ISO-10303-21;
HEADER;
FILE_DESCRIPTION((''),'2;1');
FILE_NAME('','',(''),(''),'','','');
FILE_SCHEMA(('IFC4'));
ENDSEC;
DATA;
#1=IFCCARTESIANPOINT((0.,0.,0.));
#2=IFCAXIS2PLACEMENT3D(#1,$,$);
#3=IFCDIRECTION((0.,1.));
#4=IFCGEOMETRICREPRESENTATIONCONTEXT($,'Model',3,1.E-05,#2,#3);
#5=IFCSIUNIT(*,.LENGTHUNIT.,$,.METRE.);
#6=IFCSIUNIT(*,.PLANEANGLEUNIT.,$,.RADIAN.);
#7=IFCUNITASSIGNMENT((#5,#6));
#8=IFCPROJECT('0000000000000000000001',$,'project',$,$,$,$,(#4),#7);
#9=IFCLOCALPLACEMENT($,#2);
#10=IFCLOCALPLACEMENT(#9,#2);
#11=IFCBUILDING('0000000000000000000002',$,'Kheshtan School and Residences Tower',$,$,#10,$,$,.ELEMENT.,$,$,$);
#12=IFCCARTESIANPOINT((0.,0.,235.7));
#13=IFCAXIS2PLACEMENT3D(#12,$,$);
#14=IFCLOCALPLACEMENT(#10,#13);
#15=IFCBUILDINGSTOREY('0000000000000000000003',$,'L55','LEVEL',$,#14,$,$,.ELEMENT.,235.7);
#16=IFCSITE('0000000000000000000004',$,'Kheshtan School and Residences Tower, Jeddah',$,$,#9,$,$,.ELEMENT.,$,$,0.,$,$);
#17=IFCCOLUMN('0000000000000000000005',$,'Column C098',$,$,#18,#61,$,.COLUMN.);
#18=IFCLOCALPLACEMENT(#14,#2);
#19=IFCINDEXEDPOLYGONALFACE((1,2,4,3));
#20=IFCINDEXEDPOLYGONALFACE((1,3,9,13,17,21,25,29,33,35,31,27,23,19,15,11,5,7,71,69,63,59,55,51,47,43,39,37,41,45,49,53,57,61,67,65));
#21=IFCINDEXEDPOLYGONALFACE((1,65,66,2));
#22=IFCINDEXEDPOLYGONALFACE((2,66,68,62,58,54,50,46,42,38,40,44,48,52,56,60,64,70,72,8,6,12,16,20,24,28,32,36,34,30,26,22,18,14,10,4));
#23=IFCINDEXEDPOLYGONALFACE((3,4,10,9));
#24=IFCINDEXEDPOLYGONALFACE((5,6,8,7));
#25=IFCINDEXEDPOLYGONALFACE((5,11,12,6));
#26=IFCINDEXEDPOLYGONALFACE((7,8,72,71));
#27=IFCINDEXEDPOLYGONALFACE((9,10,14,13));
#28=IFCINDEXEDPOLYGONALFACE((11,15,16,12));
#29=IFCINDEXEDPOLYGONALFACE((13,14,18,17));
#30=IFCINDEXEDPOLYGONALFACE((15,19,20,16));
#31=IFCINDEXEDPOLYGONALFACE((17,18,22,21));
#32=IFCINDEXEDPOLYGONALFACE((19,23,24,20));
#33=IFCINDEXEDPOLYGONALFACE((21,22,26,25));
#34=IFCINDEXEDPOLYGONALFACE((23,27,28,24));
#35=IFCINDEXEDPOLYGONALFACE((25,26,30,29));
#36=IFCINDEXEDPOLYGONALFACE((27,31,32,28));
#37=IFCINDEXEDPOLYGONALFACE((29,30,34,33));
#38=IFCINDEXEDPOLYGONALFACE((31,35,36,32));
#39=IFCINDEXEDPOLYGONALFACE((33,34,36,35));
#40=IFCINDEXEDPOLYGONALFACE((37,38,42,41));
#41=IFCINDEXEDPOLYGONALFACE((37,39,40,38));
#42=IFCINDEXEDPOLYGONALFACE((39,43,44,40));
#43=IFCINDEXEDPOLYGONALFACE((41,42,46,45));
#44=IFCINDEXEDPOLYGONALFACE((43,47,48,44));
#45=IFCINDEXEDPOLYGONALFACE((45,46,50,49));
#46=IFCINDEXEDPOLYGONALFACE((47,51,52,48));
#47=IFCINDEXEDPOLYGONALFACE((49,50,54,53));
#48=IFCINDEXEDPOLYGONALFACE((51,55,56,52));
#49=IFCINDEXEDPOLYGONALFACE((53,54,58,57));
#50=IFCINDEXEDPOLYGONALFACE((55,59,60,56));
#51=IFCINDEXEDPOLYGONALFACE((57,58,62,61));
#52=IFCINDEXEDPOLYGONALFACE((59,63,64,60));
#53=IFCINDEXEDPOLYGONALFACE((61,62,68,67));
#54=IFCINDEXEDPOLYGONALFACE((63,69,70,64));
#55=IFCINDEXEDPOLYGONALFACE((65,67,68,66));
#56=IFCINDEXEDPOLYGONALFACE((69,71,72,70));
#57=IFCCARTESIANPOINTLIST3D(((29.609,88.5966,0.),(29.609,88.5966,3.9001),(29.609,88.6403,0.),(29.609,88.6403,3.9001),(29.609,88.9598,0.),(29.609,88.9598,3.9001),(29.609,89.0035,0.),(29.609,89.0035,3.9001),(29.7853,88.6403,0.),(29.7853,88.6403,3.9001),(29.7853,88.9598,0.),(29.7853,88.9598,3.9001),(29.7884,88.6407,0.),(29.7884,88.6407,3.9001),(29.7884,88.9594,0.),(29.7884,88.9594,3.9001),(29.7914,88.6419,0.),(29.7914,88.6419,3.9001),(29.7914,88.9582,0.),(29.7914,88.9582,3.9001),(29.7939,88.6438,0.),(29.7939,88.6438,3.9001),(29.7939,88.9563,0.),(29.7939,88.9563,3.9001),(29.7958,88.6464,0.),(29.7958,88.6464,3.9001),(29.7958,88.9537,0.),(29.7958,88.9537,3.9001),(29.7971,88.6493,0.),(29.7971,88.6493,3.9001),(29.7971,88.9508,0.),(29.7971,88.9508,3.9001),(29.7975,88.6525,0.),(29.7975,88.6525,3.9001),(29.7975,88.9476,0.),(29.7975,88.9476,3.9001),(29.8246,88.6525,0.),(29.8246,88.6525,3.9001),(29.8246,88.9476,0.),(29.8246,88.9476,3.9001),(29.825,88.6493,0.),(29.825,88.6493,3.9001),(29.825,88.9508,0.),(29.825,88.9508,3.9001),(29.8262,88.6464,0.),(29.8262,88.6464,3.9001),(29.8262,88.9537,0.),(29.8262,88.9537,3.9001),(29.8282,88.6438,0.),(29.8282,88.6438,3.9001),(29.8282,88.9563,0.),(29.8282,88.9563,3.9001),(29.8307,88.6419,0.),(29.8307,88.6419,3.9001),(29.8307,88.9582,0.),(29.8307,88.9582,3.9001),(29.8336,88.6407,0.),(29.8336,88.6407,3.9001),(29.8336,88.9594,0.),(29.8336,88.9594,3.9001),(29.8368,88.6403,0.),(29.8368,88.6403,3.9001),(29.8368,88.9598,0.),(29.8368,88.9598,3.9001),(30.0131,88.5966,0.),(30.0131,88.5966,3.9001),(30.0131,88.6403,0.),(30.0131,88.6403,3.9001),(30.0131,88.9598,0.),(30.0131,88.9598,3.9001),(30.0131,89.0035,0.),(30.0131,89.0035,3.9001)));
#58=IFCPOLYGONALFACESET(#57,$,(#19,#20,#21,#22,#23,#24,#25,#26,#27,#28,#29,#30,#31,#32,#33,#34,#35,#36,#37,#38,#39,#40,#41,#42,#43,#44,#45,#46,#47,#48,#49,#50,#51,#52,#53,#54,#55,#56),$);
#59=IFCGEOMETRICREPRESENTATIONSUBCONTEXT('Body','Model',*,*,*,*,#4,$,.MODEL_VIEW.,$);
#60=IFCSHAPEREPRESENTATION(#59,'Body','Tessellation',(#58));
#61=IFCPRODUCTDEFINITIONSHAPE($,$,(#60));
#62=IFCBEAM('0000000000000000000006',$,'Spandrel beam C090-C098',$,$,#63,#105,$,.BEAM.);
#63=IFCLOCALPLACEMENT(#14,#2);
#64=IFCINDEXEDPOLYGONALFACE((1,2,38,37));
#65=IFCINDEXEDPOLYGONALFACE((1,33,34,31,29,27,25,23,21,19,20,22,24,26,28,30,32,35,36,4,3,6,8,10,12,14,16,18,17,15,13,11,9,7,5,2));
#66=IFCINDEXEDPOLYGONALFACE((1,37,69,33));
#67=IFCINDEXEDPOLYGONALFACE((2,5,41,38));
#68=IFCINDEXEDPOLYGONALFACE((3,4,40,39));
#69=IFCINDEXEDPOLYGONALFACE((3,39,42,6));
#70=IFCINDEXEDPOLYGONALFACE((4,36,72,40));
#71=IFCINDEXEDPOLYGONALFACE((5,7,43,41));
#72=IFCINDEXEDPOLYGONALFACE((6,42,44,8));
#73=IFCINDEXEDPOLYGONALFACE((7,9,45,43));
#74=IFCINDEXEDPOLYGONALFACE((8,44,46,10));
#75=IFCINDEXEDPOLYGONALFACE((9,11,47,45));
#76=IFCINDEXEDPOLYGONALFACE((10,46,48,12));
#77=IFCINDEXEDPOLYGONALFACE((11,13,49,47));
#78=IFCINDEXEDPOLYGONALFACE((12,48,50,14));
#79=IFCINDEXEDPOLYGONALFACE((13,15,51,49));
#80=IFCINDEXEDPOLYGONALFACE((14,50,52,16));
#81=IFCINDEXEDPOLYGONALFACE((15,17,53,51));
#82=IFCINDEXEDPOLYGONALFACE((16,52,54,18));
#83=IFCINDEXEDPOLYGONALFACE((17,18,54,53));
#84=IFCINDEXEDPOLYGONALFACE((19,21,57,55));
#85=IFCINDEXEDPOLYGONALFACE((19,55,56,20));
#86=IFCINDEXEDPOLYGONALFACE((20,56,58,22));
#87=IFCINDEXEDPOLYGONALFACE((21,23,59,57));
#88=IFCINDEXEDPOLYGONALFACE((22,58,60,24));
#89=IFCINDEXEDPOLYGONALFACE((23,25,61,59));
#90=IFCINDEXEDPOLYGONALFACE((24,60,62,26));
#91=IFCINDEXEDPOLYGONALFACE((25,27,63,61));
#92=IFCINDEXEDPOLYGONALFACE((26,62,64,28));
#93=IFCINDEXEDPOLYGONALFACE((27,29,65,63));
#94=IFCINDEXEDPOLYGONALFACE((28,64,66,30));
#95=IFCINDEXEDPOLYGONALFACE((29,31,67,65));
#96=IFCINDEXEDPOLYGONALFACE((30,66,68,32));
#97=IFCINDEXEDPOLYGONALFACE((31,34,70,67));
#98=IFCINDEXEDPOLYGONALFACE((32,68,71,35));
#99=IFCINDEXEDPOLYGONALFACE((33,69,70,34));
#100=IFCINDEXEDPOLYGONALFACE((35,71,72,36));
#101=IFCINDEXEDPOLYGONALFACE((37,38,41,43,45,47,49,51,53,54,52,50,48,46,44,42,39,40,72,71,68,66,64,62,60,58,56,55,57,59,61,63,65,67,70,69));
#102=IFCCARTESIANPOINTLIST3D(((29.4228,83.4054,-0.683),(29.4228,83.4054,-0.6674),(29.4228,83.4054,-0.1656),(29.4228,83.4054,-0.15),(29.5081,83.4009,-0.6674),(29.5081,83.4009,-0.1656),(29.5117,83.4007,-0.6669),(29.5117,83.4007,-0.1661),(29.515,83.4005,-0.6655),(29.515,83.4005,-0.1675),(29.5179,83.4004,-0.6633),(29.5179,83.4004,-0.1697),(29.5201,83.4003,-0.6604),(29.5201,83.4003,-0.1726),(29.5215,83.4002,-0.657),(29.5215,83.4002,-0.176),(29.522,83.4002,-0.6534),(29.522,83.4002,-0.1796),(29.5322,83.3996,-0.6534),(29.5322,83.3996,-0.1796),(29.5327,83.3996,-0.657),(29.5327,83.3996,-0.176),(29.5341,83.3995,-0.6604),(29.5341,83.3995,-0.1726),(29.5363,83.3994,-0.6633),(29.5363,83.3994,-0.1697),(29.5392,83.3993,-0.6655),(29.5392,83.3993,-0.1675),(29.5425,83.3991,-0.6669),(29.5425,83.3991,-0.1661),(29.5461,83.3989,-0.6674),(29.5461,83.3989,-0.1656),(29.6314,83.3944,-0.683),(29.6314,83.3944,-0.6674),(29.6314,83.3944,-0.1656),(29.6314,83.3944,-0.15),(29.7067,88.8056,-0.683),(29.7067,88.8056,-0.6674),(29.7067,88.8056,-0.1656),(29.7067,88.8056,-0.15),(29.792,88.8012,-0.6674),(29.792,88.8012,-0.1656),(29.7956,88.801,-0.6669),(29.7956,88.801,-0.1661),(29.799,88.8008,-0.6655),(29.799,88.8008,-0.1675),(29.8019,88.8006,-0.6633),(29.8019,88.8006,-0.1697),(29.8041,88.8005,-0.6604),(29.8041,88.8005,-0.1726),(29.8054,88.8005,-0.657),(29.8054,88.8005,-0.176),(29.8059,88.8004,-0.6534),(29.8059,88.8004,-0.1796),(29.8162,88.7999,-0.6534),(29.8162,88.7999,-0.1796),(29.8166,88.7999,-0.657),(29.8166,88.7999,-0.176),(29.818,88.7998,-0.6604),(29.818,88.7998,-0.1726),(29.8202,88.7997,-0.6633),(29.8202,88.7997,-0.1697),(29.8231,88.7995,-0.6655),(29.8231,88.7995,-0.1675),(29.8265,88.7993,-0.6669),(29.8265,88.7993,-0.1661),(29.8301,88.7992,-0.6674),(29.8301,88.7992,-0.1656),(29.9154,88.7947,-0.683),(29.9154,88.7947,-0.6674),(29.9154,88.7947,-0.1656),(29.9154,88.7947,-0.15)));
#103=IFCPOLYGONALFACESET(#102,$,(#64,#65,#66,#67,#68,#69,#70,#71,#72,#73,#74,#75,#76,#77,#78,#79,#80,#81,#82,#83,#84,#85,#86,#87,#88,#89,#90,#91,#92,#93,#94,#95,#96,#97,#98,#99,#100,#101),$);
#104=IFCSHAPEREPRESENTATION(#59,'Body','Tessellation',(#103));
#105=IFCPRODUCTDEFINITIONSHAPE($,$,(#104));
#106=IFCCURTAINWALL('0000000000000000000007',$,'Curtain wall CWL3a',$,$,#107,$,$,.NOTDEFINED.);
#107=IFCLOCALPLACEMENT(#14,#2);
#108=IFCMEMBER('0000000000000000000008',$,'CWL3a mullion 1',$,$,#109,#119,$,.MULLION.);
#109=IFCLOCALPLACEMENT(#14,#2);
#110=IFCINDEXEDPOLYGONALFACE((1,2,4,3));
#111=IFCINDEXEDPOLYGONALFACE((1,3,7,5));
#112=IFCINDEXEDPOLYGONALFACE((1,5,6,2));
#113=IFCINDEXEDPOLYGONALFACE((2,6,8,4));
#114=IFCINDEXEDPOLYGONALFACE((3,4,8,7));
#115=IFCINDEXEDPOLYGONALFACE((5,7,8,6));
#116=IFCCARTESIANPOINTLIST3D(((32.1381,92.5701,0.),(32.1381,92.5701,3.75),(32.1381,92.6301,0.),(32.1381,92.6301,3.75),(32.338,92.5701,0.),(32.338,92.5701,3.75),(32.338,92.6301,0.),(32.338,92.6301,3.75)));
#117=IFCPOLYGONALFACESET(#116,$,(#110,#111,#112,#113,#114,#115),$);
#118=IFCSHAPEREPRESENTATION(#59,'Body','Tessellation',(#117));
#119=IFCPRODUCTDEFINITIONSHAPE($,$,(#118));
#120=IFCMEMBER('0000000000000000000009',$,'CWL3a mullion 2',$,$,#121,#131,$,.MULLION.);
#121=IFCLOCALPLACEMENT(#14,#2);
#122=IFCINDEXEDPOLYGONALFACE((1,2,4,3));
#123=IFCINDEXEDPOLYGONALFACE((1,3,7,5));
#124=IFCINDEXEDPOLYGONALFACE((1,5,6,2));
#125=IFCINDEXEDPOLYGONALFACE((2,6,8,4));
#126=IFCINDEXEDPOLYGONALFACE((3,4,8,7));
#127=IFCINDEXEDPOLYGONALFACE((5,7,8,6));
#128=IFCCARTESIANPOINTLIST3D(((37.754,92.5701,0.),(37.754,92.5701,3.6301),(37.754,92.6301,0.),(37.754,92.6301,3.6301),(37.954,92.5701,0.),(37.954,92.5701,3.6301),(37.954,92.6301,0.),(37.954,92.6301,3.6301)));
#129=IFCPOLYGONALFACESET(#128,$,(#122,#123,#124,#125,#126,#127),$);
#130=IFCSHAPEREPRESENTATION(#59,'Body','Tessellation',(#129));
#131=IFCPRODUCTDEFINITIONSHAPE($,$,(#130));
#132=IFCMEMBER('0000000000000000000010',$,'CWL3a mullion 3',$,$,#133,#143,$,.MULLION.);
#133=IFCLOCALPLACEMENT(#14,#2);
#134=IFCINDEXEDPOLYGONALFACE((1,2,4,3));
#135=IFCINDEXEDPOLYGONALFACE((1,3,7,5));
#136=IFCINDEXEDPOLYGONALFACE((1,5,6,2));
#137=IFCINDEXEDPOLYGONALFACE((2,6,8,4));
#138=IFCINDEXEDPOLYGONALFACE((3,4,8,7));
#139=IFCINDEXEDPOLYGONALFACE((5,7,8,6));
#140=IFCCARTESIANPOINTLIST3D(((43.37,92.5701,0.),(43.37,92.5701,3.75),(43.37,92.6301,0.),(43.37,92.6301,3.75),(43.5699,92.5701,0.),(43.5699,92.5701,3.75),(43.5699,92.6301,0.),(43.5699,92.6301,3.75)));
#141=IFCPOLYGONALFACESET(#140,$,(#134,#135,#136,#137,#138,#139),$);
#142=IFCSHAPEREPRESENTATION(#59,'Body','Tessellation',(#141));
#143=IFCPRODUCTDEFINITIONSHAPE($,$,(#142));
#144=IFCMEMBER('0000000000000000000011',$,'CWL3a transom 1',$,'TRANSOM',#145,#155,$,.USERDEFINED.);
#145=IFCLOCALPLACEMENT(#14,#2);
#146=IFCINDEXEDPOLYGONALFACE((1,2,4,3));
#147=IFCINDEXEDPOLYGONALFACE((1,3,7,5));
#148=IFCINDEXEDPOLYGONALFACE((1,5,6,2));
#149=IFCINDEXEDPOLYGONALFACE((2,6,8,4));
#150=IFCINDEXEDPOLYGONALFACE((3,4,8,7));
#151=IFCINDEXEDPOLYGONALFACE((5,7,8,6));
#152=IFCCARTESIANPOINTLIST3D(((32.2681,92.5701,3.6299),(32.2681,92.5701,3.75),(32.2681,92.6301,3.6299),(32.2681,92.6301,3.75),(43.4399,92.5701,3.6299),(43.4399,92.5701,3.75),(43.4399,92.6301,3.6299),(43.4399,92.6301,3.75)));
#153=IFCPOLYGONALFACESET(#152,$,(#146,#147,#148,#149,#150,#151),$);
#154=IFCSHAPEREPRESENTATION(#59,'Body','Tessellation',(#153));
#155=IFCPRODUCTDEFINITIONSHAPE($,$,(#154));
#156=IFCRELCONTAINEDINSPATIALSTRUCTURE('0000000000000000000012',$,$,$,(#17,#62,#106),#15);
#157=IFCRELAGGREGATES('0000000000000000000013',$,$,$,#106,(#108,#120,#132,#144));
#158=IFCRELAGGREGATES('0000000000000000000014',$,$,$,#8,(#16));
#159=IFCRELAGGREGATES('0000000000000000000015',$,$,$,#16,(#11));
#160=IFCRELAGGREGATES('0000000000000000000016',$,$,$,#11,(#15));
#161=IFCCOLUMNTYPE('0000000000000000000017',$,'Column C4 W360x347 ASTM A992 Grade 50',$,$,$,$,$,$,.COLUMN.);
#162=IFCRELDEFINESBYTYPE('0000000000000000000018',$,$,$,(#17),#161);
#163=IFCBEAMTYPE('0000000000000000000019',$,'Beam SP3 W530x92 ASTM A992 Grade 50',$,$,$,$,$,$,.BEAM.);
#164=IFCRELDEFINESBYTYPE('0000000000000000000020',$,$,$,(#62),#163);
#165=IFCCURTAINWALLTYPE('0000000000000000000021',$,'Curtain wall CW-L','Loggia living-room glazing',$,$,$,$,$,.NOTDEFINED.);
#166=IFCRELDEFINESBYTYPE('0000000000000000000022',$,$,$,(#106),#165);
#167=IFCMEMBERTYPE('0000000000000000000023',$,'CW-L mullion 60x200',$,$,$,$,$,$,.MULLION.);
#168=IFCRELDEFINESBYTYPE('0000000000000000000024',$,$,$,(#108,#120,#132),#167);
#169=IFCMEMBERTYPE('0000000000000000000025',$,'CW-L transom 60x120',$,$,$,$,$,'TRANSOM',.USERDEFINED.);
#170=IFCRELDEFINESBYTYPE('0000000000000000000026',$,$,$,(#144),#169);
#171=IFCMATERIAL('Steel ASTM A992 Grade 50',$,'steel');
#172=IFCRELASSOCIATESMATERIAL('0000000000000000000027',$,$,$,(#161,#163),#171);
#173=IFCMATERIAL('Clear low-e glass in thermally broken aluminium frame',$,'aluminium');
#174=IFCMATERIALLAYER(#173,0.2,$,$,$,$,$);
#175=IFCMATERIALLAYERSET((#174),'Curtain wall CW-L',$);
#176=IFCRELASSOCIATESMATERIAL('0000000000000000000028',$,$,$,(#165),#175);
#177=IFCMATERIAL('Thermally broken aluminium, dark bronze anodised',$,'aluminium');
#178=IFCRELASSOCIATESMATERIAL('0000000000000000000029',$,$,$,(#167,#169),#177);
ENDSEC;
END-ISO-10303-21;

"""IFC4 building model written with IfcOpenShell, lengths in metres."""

from ifc_helpers import new_model, si_unit, direction, frame, origin, origin_2d, place, context, subcontext, project, spatial, rectangle, i_section, extrude, material, layer, layer_set, material_profile, profile_set, type_object, element, aggregate, save


model = new_model("IFC4")

# Units and contexts
model_context = context("Model", 3, precision=1e-05, world=origin(), true_north=direction((0.0, 1.0)))
body_context = subcontext(model_context, "Body", "Model", "MODEL_VIEW")
ifc_project = project(units=[si_unit("LENGTHUNIT", "METRE"), si_unit("PLANEANGLEUNIT", "RADIAN")], contexts=[model_context])

# Site, building, storey
site_placement = place(None, origin())
site = spatial("IfcSite", under=ifc_project, at=site_placement, Name="Kheshtan School and Residences Tower, Jeddah", CompositionType="ELEMENT", RefElevation=0.0)
building_placement = place(site_placement, origin())
building = spatial("IfcBuilding", under=site, at=building_placement, Name="Kheshtan School and Residences Tower", CompositionType="ELEMENT")
storey_placement = place(building_placement, frame((0.0, 0.0, 235.7)))
storey = spatial("IfcBuildingStorey", under=building, at=storey_placement, Name="L55", Description="LEVEL", CompositionType="ELEMENT", Elevation=235.7)

# Column
ifc_material_1 = material(Name="Steel ASTM A992 Grade 50", Category="steel")
ifc_material_profile_1 = material_profile(ifc_material_1, i_section(OverallWidth=0.4041, OverallDepth=0.407, WebThickness=0.0271, FlangeThickness=0.0437, FilletRadius=0.0122, at=origin_2d()), Name="W360x347")
ifc_profile_set_1 = profile_set([ifc_material_profile_1], Name="Steel ASTM A992 Grade 50")
column_type = type_object("IfcColumnType", Name="Column C4 W360x347 ASTM A992 Grade 50", PredefinedType="COLUMN", material=ifc_profile_set_1)
column_placement = place(storey_placement, frame((29.811, 88.8, 0.0), z_axis=(0.0, 0.0, 1.0), x_axis=(1.0, 0.0, 0.0)))
element("IfcColumn", 1, at=column_placement, inside=storey, type_object=column_type, Name="Column C098", PredefinedType="COLUMN", context=body_context, shape_type="SweptSolid", body=[
    extrude(i_section(OverallWidth=0.4041, OverallDepth=0.407, WebThickness=0.0271, FlangeThickness=0.0437, FilletRadius=0.0122, at=origin_2d()), origin(), (0.0, 0.0, 1.0), 3.9001),
])

# Beam
ifc_material_profile_2 = material_profile(ifc_material_1, i_section(OverallWidth=0.209, OverallDepth=0.533, WebThickness=0.0103, FlangeThickness=0.0156, FilletRadius=0.0139, at=origin_2d()), Name="W530x92")
ifc_profile_set_2 = profile_set([ifc_material_profile_2], Name="Steel ASTM A992 Grade 50")
beam_type_1 = type_object("IfcBeamType", Name="Beam SP3 W530x92 ASTM A992 Grade 50", PredefinedType="BEAM", material=ifc_profile_set_2)
beam_1_placement = place(storey_placement, frame((29.5271, 83.3999, -0.4165), z_axis=(0.052507, 0.998621, 0.0), x_axis=(-0.998621, 0.052507, 0.0)))
element("IfcBeam", 2, at=beam_1_placement, inside=storey, type_object=beam_type_1, Name="Spandrel beam C090-C098", PredefinedType="BEAM", context=body_context, shape_type="SweptSolid", body=[
    extrude(i_section(OverallWidth=0.209, OverallDepth=0.533, WebThickness=0.0103, FlangeThickness=0.0156, FilletRadius=0.0139, at=origin_2d()), origin(), (0.0, 0.0, 1.0), 5.4077),
])

# Curtain wall, members
ifc_material_2 = material(Name="Clear low-e glass in thermally broken aluminium frame", Category="aluminium")
ifc_layer_1 = layer(ifc_material_2, 0.2)
ifc_layer_set_1 = layer_set([ifc_layer_1], Name="Curtain wall CW-L")
curtain_wall_type = type_object("IfcCurtainWallType", Name="Curtain wall CW-L", Description="Loggia living-room glazing", PredefinedType="NOTDEFINED", material=ifc_layer_set_1)
curtain_wall_placement = place(storey_placement, origin())
curtain_wall = element("IfcCurtainWall", 3, at=curtain_wall_placement, inside=storey, type_object=curtain_wall_type, Name="Curtain wall CWL3a", PredefinedType="NOTDEFINED")
ifc_material_3 = material(Name="Thermally broken aluminium, dark bronze anodised", Category="aluminium")
ifc_material_profile_3 = material_profile(ifc_material_3, rectangle(XDim=0.0601, YDim=0.2, at=origin_2d()), Name="CW-L mullion 60x200")
ifc_profile_set_3 = profile_set([ifc_material_profile_3], Name="Thermally broken aluminium, dark bronze anodised")
member_type_1 = type_object("IfcMemberType", Name="CW-L mullion 60x200", PredefinedType="MULLION", material=ifc_profile_set_3)
member_1_placement = place(storey_placement, frame((32.238, 92.6001, 0.0), z_axis=(0.0, 0.0, 1.0), x_axis=(0.0, 1.0, 0.0)))
member_1 = element("IfcMember", 4, at=member_1_placement, type_object=member_type_1, Name="CWL3a mullion 1", PredefinedType="MULLION", context=body_context, shape_type="SweptSolid", body=[
    extrude(rectangle(XDim=0.0601, YDim=0.2, at=origin_2d()), origin(), (0.0, 0.0, 1.0), 3.75),
])
member_2_placement = place(storey_placement, frame((37.854, 92.6001, 0.0), z_axis=(0.0, 0.0, 1.0), x_axis=(0.0, 1.0, 0.0)))
member_2 = element("IfcMember", 5, at=member_2_placement, type_object=member_type_1, Name="CWL3a mullion 2", PredefinedType="MULLION", context=body_context, shape_type="SweptSolid", body=[
    extrude(rectangle(XDim=0.0601, YDim=0.2, at=origin_2d()), origin(), (0.0, 0.0, 1.0), 3.6301),
])
member_3_placement = place(storey_placement, frame((43.47, 92.6001, 0.0), z_axis=(0.0, 0.0, 1.0), x_axis=(0.0, 1.0, 0.0)))
member_3 = element("IfcMember", 6, at=member_3_placement, type_object=member_type_1, Name="CWL3a mullion 3", PredefinedType="MULLION", context=body_context, shape_type="SweptSolid", body=[
    extrude(rectangle(XDim=0.0601, YDim=0.2, at=origin_2d()), origin(), (0.0, 0.0, 1.0), 3.75),
])
ifc_material_profile_4 = material_profile(ifc_material_3, rectangle(XDim=0.0601, YDim=0.1201, at=origin_2d()), Name="CW-L transom 60x120")
ifc_profile_set_4 = profile_set([ifc_material_profile_4], Name="Thermally broken aluminium, dark bronze anodised")
member_type_2 = type_object("IfcMemberType", Name="CW-L transom 60x120", ElementType="TRANSOM", PredefinedType="USERDEFINED", material=ifc_profile_set_4)
member_4_placement = place(storey_placement, frame((32.2681, 92.6001, 3.6899), z_axis=(1.0, 0.0, 0.0), x_axis=(0.0, 1.0, 0.0)))
member_4 = element("IfcMember", 7, at=member_4_placement, type_object=member_type_2, Name="CWL3a transom 1", ObjectType="TRANSOM", PredefinedType="USERDEFINED", context=body_context, shape_type="SweptSolid", body=[
    extrude(rectangle(XDim=0.0601, YDim=0.1201, at=origin_2d()), origin(), (0.0, 0.0, 1.0), 11.1719),
])

aggregate(curtain_wall, [member_1, member_2, member_3, member_4])

save(model, "model.ifc")
